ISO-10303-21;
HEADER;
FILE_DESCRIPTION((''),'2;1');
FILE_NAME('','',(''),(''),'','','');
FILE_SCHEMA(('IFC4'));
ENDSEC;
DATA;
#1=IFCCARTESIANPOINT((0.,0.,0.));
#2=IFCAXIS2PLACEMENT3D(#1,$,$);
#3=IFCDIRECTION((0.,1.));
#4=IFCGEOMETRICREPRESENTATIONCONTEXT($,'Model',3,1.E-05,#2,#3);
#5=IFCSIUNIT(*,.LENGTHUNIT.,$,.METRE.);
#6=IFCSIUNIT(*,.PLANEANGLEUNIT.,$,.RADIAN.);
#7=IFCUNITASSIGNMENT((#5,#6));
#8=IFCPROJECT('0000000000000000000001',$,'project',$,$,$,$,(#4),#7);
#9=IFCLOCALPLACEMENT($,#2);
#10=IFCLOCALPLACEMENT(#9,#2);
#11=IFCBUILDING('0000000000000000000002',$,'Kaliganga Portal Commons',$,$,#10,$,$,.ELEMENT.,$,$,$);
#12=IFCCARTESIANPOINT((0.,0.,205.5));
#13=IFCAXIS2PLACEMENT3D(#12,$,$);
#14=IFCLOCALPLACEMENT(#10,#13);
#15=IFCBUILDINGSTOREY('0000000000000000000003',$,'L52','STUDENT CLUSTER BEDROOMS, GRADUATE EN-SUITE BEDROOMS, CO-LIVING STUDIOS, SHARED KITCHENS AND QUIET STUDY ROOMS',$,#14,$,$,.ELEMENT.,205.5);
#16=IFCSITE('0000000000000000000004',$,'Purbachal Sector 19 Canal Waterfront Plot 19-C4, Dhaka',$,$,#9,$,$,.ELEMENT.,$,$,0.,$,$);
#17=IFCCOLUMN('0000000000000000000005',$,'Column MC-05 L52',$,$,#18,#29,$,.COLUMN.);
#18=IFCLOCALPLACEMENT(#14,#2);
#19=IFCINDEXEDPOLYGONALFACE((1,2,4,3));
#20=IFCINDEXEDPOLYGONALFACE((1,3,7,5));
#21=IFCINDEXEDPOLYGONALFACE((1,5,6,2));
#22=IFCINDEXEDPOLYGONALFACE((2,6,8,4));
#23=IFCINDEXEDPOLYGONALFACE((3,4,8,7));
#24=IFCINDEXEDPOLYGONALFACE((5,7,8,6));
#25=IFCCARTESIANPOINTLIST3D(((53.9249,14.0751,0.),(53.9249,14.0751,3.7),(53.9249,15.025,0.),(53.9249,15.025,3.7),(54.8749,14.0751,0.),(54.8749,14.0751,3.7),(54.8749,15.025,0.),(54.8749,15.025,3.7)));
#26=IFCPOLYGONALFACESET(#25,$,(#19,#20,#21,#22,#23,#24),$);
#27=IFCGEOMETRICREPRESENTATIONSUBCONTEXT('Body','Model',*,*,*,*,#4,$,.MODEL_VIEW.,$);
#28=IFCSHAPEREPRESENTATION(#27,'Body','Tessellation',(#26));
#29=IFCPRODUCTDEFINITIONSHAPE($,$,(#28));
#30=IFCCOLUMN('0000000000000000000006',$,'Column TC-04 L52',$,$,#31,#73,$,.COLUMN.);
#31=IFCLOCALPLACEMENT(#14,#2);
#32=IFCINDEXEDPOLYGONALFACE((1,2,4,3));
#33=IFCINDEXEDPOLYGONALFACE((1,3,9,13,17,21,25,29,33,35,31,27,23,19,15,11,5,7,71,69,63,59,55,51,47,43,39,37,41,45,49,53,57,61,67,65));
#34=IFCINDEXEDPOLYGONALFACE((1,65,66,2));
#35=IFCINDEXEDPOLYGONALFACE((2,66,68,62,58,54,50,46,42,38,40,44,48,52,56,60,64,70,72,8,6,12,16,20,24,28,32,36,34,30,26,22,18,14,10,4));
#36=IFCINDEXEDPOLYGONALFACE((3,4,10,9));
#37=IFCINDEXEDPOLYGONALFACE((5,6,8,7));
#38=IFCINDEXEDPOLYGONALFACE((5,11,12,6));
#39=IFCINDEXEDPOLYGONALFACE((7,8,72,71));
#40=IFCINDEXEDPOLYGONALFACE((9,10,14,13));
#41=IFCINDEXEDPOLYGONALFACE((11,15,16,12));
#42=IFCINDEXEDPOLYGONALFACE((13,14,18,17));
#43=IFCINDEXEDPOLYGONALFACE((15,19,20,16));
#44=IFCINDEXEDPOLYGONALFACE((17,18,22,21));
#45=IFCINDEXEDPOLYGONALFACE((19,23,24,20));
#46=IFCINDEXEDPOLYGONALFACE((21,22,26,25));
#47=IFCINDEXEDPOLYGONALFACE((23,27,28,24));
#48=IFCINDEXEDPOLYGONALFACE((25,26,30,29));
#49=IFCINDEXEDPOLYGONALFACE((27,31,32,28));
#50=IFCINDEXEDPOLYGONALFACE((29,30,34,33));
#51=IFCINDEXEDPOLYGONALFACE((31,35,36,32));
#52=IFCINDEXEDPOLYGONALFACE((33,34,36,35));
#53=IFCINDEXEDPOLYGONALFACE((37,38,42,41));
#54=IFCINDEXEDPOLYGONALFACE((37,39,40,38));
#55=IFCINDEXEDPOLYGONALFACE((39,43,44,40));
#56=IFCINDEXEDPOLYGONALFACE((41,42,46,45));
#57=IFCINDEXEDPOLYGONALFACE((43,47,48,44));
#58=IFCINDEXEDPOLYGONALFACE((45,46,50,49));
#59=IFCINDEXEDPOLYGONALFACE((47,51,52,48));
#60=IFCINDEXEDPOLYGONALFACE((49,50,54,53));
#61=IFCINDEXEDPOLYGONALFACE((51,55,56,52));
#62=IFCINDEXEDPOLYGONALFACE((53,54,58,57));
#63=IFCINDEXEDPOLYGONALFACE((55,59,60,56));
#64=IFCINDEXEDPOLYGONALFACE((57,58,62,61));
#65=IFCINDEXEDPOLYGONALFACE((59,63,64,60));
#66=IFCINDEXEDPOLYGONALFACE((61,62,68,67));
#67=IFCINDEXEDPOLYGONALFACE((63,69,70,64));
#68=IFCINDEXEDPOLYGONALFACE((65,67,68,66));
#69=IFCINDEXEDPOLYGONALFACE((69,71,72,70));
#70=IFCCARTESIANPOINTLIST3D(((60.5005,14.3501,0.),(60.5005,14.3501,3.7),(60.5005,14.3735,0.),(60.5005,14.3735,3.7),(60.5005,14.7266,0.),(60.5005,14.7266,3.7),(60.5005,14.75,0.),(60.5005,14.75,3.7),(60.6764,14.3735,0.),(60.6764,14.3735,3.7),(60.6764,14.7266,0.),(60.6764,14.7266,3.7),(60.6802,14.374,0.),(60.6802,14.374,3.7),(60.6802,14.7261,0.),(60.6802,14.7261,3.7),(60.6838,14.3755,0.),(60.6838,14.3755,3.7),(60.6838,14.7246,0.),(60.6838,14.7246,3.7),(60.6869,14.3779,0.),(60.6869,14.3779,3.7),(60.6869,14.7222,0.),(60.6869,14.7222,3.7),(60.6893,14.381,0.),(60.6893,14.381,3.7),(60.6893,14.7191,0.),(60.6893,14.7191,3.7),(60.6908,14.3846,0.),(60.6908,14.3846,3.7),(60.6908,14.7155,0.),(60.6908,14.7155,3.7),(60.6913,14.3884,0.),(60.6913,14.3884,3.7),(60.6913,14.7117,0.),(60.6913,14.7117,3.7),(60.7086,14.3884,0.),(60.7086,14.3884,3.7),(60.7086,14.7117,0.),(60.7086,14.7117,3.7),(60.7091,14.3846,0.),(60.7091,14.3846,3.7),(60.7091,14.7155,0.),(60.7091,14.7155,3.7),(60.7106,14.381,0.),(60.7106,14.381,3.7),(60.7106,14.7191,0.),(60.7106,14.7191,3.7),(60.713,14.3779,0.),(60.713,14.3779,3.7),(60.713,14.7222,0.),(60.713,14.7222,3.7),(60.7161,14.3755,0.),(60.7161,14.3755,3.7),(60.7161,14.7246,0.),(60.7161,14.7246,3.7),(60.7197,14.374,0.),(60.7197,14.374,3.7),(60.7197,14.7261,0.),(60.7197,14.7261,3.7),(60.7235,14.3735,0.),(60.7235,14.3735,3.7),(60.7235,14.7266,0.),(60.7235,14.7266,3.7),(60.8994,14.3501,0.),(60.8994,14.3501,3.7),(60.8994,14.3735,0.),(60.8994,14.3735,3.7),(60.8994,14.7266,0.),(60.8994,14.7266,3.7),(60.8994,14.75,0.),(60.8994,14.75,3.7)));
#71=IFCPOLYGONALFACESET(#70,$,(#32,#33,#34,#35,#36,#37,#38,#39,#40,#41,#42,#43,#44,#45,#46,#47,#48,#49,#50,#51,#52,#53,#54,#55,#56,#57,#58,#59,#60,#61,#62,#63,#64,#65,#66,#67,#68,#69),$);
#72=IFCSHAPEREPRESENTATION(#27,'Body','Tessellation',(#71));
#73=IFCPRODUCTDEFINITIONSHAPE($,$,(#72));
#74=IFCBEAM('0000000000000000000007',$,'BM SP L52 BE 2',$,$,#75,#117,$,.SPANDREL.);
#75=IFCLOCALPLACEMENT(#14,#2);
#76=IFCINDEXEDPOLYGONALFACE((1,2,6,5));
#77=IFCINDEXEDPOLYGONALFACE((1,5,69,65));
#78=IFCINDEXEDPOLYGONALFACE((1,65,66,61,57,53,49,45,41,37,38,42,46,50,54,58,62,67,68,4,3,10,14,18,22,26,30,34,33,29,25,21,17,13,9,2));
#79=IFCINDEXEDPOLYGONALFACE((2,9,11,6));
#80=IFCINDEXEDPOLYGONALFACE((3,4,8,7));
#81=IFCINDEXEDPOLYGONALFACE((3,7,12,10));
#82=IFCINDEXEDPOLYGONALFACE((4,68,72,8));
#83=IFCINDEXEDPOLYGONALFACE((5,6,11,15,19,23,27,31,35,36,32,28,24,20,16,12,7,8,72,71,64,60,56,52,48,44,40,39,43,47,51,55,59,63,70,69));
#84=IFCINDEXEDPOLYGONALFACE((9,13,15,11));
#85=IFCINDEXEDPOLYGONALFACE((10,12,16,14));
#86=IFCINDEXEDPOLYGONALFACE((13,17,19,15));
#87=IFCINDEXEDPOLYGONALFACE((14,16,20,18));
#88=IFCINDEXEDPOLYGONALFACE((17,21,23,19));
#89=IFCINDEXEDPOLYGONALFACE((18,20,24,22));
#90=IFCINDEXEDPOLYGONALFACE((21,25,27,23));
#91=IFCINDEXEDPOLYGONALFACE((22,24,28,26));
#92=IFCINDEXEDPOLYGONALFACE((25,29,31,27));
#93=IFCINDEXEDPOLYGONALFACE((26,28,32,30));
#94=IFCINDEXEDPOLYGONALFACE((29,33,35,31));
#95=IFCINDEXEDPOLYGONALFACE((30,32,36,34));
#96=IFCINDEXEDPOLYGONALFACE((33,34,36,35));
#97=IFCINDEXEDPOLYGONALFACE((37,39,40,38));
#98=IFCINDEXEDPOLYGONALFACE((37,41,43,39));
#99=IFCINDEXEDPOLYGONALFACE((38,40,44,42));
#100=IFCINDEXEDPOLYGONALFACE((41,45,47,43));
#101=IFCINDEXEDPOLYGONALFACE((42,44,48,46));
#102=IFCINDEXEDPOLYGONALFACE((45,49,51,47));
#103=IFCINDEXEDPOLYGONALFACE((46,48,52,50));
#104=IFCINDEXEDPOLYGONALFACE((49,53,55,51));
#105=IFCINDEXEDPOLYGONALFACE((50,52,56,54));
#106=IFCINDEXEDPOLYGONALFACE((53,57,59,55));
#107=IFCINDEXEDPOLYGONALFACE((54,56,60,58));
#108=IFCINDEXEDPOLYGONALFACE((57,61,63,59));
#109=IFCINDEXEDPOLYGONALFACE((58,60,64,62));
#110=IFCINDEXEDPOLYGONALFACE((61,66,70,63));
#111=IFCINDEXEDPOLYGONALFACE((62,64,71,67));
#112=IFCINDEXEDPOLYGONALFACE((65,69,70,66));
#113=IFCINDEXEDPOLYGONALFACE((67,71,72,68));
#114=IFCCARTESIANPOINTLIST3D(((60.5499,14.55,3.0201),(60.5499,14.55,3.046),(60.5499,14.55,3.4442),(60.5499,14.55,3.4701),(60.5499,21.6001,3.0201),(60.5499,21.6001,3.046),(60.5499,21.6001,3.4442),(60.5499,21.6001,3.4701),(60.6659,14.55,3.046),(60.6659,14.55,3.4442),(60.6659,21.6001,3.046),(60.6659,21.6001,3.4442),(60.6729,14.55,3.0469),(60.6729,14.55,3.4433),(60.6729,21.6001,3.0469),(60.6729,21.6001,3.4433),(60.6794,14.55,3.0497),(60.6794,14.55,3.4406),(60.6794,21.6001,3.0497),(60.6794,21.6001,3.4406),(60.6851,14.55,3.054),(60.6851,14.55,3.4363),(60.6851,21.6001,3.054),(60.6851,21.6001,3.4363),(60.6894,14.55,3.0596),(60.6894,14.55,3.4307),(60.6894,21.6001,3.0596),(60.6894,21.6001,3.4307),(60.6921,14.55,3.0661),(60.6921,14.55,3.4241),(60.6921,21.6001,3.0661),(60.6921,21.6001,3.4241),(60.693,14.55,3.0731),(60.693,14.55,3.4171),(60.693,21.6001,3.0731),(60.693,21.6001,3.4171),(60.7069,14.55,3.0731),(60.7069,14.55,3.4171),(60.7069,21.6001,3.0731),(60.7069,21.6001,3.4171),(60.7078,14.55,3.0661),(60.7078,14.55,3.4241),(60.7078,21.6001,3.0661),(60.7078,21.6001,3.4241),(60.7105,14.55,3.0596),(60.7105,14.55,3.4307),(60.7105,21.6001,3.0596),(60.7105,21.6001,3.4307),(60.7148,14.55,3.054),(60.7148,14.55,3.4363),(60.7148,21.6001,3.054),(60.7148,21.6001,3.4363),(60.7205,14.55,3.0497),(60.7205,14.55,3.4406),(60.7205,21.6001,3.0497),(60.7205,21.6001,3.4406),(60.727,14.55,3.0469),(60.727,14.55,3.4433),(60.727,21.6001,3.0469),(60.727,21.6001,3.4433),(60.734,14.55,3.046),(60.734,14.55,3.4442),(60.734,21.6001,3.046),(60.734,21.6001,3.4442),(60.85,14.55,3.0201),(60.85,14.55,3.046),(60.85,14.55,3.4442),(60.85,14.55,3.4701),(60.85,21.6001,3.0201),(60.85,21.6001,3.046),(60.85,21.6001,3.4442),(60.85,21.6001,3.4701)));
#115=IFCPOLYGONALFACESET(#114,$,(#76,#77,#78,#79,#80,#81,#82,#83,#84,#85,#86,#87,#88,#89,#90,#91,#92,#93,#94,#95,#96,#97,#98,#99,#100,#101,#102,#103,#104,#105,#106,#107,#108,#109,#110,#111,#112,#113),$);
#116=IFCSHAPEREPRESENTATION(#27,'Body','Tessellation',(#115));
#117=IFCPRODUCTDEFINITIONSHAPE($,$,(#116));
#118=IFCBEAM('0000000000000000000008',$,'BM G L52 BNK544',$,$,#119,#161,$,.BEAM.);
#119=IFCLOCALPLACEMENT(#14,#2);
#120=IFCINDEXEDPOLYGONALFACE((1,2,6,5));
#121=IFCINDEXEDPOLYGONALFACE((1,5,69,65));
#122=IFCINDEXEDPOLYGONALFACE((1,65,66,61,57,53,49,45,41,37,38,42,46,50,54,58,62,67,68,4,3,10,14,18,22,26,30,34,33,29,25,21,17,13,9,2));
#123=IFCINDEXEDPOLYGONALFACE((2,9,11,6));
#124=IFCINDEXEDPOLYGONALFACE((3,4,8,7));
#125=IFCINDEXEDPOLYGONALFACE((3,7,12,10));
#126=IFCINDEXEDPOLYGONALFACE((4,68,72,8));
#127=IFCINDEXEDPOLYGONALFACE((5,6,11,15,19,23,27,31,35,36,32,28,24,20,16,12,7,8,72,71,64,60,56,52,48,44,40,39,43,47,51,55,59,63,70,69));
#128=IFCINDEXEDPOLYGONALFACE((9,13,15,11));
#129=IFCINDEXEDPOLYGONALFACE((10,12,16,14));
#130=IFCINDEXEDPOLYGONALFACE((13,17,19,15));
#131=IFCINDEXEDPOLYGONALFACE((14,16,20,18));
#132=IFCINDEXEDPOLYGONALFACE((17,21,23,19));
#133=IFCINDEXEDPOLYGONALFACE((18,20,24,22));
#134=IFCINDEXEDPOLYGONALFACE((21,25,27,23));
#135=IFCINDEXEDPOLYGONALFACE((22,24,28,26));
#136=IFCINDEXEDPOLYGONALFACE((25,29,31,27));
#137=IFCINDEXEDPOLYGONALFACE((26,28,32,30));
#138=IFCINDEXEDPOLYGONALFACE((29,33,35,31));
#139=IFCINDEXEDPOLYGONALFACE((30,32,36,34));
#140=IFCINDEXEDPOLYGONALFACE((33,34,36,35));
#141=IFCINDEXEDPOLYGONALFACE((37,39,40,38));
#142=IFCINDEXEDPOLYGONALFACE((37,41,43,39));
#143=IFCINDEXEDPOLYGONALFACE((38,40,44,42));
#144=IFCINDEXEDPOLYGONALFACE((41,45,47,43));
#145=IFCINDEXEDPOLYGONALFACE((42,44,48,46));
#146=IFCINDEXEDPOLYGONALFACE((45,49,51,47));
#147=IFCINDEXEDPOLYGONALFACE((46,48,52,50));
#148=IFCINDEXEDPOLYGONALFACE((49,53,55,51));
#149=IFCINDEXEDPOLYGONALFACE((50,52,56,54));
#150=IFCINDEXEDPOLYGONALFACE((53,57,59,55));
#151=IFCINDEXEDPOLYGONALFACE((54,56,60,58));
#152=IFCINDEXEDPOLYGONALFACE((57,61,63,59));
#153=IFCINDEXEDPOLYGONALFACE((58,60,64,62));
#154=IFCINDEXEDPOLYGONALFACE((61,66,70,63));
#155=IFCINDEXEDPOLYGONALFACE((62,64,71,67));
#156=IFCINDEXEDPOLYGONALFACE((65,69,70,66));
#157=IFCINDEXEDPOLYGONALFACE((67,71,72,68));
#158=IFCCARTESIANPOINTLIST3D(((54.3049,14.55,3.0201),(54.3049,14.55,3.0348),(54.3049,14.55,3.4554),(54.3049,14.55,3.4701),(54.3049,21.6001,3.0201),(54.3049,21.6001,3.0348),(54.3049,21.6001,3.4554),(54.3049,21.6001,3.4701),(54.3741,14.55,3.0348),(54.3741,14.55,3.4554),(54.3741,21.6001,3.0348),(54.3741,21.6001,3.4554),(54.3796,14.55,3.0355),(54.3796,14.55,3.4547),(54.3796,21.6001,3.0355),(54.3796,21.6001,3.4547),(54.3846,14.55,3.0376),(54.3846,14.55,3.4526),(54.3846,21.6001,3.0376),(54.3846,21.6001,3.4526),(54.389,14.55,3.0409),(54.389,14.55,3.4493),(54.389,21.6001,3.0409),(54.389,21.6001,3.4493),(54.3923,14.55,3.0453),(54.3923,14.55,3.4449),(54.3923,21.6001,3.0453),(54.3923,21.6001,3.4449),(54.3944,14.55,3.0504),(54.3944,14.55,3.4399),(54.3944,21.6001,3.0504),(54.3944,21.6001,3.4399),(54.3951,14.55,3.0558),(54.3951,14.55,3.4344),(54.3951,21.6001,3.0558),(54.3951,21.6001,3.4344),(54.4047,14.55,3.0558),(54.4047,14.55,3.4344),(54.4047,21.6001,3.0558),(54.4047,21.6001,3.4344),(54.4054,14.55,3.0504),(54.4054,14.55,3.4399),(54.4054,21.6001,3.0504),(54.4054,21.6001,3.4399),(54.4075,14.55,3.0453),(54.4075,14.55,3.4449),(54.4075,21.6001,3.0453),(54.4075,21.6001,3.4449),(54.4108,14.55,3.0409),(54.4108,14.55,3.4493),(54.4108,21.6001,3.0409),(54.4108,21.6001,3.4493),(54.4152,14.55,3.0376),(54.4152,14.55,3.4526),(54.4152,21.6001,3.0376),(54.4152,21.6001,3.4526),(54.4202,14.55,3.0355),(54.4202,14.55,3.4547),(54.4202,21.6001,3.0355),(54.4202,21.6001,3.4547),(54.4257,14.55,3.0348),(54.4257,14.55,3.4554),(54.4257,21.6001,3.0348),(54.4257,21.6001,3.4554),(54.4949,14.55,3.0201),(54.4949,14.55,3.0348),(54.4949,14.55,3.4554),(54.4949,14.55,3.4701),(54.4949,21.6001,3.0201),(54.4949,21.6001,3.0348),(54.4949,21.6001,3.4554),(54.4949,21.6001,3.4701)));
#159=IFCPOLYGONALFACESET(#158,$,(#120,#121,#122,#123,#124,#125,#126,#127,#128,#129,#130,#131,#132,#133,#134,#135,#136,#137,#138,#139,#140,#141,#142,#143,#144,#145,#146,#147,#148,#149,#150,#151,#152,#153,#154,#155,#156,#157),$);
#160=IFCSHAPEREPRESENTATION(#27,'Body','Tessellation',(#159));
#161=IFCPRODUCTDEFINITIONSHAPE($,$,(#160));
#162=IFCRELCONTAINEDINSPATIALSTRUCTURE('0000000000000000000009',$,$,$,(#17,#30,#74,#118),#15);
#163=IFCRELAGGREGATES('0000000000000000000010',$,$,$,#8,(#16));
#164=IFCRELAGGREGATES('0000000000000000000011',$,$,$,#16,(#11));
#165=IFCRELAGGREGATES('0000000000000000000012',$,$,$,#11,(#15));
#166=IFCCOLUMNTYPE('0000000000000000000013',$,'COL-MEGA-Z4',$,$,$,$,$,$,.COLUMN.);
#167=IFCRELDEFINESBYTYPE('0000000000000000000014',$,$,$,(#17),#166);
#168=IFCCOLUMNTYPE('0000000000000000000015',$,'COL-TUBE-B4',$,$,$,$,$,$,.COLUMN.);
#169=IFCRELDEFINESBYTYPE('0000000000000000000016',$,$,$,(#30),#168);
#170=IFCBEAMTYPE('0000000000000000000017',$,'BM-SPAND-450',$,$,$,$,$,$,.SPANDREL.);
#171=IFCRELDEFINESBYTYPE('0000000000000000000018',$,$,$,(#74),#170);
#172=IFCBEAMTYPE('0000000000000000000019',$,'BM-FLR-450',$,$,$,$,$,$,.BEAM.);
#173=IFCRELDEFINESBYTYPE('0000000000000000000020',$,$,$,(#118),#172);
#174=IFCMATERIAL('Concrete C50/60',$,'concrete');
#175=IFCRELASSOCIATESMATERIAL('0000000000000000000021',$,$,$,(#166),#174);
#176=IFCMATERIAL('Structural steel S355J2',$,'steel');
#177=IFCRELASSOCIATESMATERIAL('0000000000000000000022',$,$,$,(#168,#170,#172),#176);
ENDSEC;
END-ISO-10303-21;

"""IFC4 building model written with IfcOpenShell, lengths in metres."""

from ifc_helpers import new_model, si_unit, direction, frame, origin, origin_2d, place, context, subcontext, project, spatial, rectangle, i_section, extrude, source, transform, mapped, material, material_profile, profile_set, type_object, element, save


model = new_model("IFC4")

# Units and contexts
model_context = context("Model", 3, precision=1e-05, world=origin(), true_north=direction((0.0, 1.0)))
body_context = subcontext(model_context, "Body", "Model", "MODEL_VIEW")
ifc_project = project(units=[si_unit("LENGTHUNIT", "METRE"), si_unit("PLANEANGLEUNIT", "RADIAN")], contexts=[model_context])

# Site, building, storey
site_placement = place(None, origin())
site = spatial("IfcSite", under=ifc_project, at=site_placement, Name="Purbachal Sector 19 Canal Waterfront Plot 19-C4, Dhaka", CompositionType="ELEMENT", RefElevation=0.0)
building_placement = place(site_placement, origin())
building = spatial("IfcBuilding", under=site, at=building_placement, Name="Kaliganga Portal Commons", CompositionType="ELEMENT")
storey_placement = place(building_placement, frame((0.0, 0.0, 205.5)))
storey = spatial("IfcBuildingStorey", under=building, at=storey_placement, Name="L52", Description="STUDENT CLUSTER BEDROOMS, GRADUATE EN-SUITE BEDROOMS, CO-LIVING STUDIOS, SHARED KITCHENS AND QUIET STUDY ROOMS", CompositionType="ELEMENT", Elevation=205.5)

# Columns
ifc_material_1 = material(Name="Concrete C50/60", Category="concrete")
ifc_material_profile_1 = material_profile(ifc_material_1, rectangle(XDim=0.95, YDim=0.95, at=origin_2d()), Name="RC 950x950")
ifc_profile_set_1 = profile_set([ifc_material_profile_1], Name="Concrete C50/60")
column_type_1 = type_object("IfcColumnType", Name="COL-MEGA-Z4", PredefinedType="COLUMN", material=ifc_profile_set_1)
shared_shape_1 = source(origin(), body_context, "Body", "SweptSolid", [
    extrude(rectangle(XDim=0.95, YDim=0.95, at=origin_2d()), origin(), (0.0, 0.0, 1.0), 3.7),
])
column_1_placement = place(storey_placement, frame((54.3999, 14.55, 0.0), z_axis=(0.0, 0.0, 1.0), x_axis=(1.0, 0.0, 0.0)))
element("IfcColumn", 1, at=column_1_placement, inside=storey, type_object=column_type_1, Name="Column MC-05 L52", PredefinedType="COLUMN", context=body_context, shape_type="MappedRepresentation", body=[
    mapped(shared_shape_1, transform((0.0, 0.0, 0.0), x_axis=(1.0, 0.0, 0.0), y_axis=(0.0, 1.0, 0.0), z_axis=(0.0, 0.0, 1.0), scale=1.0)),
])
ifc_material_2 = material(Name="Structural steel S355J2", Category="steel")
ifc_material_profile_2 = material_profile(ifc_material_2, i_section(OverallWidth=0.3989, OverallDepth=0.3999, WebThickness=0.0173, FlangeThickness=0.0234, FilletRadius=0.0149, at=origin_2d()), Name="HD 400x287")
ifc_profile_set_2 = profile_set([ifc_material_profile_2], Name="Structural steel S355J2 wide-flange")
column_type_2 = type_object("IfcColumnType", Name="COL-TUBE-B4", PredefinedType="COLUMN", material=ifc_profile_set_2)
shared_shape_2 = source(origin(), body_context, "Body", "SweptSolid", [
    extrude(i_section(OverallWidth=0.3989, OverallDepth=0.3999, WebThickness=0.0173, FlangeThickness=0.0234, FilletRadius=0.0149, at=origin_2d()), origin(), (0.0, 0.0, 1.0), 3.7),
])
column_2_placement = place(storey_placement, frame((60.7, 14.55, 0.0), z_axis=(0.0, 0.0, 1.0), x_axis=(1.0, 0.0, 0.0)))
element("IfcColumn", 2, at=column_2_placement, inside=storey, type_object=column_type_2, Name="Column TC-04 L52", PredefinedType="COLUMN", context=body_context, shape_type="MappedRepresentation", body=[
    mapped(shared_shape_2, transform((0.0, 0.0, 0.0), x_axis=(1.0, 0.0, 0.0), y_axis=(0.0, 1.0, 0.0), z_axis=(0.0, 0.0, 1.0), scale=1.0)),
])

# Beams
ifc_material_profile_3 = material_profile(ifc_material_2, i_section(OverallWidth=0.3, OverallDepth=0.45, WebThickness=0.0139, FlangeThickness=0.0259, FilletRadius=0.0271, at=origin_2d()), Name="HE 450 B")
ifc_profile_set_3 = profile_set([ifc_material_profile_3], Name="Structural steel S355J2 wide-flange")
beam_type_1 = type_object("IfcBeamType", Name="BM-SPAND-450", PredefinedType="SPANDREL", material=ifc_profile_set_3)
shared_shape_3 = source(origin(), body_context, "Body", "SweptSolid", [
    extrude(i_section(OverallWidth=0.3, OverallDepth=0.45, WebThickness=0.0139, FlangeThickness=0.0259, FilletRadius=0.0271, at=origin_2d()), origin(), (0.0, 0.0, 1.0), 7.05),
])
beam_1_placement = place(storey_placement, frame((60.7, 14.55, 3.2451), z_axis=(0.0, 1.0, 0.0), x_axis=(-1.0, 0.0, 0.0)))
element("IfcBeam", 3, at=beam_1_placement, inside=storey, type_object=beam_type_1, Name="BM SP L52 BE 2", PredefinedType="SPANDREL", context=body_context, shape_type="MappedRepresentation", body=[
    mapped(shared_shape_3, transform((0.0, 0.0, 0.0), x_axis=(1.0, 0.0, 0.0), y_axis=(0.0, 1.0, 0.0), z_axis=(0.0, 0.0, 1.0), scale=1.0)),
])
ifc_material_profile_4 = material_profile(ifc_material_2, i_section(OverallWidth=0.1899, OverallDepth=0.45, WebThickness=0.0095, FlangeThickness=0.0146, FilletRadius=0.021, at=origin_2d()), Name="IPE 450")
ifc_profile_set_4 = profile_set([ifc_material_profile_4], Name="Structural steel S355J2 wide-flange")
beam_type_2 = type_object("IfcBeamType", Name="BM-FLR-450", PredefinedType="BEAM", material=ifc_profile_set_4)
shared_shape_4 = source(origin(), body_context, "Body", "SweptSolid", [
    extrude(i_section(OverallWidth=0.1899, OverallDepth=0.45, WebThickness=0.0095, FlangeThickness=0.0146, FilletRadius=0.021, at=origin_2d()), origin(), (0.0, 0.0, 1.0), 7.05),
])
beam_2_placement = place(storey_placement, frame((54.3999, 14.55, 3.2451), z_axis=(0.0, 1.0, 0.0), x_axis=(-1.0, 0.0, 0.0)))
element("IfcBeam", 4, at=beam_2_placement, inside=storey, type_object=beam_type_2, Name="BM G L52 BNK544", PredefinedType="BEAM", context=body_context, shape_type="MappedRepresentation", body=[
    mapped(shared_shape_4, transform((0.0, 0.0, 0.0), x_axis=(1.0, 0.0, 0.0), y_axis=(0.0, 1.0, 0.0), z_axis=(0.0, 0.0, 1.0), scale=1.0)),
])

save(model, "model.ifc")
